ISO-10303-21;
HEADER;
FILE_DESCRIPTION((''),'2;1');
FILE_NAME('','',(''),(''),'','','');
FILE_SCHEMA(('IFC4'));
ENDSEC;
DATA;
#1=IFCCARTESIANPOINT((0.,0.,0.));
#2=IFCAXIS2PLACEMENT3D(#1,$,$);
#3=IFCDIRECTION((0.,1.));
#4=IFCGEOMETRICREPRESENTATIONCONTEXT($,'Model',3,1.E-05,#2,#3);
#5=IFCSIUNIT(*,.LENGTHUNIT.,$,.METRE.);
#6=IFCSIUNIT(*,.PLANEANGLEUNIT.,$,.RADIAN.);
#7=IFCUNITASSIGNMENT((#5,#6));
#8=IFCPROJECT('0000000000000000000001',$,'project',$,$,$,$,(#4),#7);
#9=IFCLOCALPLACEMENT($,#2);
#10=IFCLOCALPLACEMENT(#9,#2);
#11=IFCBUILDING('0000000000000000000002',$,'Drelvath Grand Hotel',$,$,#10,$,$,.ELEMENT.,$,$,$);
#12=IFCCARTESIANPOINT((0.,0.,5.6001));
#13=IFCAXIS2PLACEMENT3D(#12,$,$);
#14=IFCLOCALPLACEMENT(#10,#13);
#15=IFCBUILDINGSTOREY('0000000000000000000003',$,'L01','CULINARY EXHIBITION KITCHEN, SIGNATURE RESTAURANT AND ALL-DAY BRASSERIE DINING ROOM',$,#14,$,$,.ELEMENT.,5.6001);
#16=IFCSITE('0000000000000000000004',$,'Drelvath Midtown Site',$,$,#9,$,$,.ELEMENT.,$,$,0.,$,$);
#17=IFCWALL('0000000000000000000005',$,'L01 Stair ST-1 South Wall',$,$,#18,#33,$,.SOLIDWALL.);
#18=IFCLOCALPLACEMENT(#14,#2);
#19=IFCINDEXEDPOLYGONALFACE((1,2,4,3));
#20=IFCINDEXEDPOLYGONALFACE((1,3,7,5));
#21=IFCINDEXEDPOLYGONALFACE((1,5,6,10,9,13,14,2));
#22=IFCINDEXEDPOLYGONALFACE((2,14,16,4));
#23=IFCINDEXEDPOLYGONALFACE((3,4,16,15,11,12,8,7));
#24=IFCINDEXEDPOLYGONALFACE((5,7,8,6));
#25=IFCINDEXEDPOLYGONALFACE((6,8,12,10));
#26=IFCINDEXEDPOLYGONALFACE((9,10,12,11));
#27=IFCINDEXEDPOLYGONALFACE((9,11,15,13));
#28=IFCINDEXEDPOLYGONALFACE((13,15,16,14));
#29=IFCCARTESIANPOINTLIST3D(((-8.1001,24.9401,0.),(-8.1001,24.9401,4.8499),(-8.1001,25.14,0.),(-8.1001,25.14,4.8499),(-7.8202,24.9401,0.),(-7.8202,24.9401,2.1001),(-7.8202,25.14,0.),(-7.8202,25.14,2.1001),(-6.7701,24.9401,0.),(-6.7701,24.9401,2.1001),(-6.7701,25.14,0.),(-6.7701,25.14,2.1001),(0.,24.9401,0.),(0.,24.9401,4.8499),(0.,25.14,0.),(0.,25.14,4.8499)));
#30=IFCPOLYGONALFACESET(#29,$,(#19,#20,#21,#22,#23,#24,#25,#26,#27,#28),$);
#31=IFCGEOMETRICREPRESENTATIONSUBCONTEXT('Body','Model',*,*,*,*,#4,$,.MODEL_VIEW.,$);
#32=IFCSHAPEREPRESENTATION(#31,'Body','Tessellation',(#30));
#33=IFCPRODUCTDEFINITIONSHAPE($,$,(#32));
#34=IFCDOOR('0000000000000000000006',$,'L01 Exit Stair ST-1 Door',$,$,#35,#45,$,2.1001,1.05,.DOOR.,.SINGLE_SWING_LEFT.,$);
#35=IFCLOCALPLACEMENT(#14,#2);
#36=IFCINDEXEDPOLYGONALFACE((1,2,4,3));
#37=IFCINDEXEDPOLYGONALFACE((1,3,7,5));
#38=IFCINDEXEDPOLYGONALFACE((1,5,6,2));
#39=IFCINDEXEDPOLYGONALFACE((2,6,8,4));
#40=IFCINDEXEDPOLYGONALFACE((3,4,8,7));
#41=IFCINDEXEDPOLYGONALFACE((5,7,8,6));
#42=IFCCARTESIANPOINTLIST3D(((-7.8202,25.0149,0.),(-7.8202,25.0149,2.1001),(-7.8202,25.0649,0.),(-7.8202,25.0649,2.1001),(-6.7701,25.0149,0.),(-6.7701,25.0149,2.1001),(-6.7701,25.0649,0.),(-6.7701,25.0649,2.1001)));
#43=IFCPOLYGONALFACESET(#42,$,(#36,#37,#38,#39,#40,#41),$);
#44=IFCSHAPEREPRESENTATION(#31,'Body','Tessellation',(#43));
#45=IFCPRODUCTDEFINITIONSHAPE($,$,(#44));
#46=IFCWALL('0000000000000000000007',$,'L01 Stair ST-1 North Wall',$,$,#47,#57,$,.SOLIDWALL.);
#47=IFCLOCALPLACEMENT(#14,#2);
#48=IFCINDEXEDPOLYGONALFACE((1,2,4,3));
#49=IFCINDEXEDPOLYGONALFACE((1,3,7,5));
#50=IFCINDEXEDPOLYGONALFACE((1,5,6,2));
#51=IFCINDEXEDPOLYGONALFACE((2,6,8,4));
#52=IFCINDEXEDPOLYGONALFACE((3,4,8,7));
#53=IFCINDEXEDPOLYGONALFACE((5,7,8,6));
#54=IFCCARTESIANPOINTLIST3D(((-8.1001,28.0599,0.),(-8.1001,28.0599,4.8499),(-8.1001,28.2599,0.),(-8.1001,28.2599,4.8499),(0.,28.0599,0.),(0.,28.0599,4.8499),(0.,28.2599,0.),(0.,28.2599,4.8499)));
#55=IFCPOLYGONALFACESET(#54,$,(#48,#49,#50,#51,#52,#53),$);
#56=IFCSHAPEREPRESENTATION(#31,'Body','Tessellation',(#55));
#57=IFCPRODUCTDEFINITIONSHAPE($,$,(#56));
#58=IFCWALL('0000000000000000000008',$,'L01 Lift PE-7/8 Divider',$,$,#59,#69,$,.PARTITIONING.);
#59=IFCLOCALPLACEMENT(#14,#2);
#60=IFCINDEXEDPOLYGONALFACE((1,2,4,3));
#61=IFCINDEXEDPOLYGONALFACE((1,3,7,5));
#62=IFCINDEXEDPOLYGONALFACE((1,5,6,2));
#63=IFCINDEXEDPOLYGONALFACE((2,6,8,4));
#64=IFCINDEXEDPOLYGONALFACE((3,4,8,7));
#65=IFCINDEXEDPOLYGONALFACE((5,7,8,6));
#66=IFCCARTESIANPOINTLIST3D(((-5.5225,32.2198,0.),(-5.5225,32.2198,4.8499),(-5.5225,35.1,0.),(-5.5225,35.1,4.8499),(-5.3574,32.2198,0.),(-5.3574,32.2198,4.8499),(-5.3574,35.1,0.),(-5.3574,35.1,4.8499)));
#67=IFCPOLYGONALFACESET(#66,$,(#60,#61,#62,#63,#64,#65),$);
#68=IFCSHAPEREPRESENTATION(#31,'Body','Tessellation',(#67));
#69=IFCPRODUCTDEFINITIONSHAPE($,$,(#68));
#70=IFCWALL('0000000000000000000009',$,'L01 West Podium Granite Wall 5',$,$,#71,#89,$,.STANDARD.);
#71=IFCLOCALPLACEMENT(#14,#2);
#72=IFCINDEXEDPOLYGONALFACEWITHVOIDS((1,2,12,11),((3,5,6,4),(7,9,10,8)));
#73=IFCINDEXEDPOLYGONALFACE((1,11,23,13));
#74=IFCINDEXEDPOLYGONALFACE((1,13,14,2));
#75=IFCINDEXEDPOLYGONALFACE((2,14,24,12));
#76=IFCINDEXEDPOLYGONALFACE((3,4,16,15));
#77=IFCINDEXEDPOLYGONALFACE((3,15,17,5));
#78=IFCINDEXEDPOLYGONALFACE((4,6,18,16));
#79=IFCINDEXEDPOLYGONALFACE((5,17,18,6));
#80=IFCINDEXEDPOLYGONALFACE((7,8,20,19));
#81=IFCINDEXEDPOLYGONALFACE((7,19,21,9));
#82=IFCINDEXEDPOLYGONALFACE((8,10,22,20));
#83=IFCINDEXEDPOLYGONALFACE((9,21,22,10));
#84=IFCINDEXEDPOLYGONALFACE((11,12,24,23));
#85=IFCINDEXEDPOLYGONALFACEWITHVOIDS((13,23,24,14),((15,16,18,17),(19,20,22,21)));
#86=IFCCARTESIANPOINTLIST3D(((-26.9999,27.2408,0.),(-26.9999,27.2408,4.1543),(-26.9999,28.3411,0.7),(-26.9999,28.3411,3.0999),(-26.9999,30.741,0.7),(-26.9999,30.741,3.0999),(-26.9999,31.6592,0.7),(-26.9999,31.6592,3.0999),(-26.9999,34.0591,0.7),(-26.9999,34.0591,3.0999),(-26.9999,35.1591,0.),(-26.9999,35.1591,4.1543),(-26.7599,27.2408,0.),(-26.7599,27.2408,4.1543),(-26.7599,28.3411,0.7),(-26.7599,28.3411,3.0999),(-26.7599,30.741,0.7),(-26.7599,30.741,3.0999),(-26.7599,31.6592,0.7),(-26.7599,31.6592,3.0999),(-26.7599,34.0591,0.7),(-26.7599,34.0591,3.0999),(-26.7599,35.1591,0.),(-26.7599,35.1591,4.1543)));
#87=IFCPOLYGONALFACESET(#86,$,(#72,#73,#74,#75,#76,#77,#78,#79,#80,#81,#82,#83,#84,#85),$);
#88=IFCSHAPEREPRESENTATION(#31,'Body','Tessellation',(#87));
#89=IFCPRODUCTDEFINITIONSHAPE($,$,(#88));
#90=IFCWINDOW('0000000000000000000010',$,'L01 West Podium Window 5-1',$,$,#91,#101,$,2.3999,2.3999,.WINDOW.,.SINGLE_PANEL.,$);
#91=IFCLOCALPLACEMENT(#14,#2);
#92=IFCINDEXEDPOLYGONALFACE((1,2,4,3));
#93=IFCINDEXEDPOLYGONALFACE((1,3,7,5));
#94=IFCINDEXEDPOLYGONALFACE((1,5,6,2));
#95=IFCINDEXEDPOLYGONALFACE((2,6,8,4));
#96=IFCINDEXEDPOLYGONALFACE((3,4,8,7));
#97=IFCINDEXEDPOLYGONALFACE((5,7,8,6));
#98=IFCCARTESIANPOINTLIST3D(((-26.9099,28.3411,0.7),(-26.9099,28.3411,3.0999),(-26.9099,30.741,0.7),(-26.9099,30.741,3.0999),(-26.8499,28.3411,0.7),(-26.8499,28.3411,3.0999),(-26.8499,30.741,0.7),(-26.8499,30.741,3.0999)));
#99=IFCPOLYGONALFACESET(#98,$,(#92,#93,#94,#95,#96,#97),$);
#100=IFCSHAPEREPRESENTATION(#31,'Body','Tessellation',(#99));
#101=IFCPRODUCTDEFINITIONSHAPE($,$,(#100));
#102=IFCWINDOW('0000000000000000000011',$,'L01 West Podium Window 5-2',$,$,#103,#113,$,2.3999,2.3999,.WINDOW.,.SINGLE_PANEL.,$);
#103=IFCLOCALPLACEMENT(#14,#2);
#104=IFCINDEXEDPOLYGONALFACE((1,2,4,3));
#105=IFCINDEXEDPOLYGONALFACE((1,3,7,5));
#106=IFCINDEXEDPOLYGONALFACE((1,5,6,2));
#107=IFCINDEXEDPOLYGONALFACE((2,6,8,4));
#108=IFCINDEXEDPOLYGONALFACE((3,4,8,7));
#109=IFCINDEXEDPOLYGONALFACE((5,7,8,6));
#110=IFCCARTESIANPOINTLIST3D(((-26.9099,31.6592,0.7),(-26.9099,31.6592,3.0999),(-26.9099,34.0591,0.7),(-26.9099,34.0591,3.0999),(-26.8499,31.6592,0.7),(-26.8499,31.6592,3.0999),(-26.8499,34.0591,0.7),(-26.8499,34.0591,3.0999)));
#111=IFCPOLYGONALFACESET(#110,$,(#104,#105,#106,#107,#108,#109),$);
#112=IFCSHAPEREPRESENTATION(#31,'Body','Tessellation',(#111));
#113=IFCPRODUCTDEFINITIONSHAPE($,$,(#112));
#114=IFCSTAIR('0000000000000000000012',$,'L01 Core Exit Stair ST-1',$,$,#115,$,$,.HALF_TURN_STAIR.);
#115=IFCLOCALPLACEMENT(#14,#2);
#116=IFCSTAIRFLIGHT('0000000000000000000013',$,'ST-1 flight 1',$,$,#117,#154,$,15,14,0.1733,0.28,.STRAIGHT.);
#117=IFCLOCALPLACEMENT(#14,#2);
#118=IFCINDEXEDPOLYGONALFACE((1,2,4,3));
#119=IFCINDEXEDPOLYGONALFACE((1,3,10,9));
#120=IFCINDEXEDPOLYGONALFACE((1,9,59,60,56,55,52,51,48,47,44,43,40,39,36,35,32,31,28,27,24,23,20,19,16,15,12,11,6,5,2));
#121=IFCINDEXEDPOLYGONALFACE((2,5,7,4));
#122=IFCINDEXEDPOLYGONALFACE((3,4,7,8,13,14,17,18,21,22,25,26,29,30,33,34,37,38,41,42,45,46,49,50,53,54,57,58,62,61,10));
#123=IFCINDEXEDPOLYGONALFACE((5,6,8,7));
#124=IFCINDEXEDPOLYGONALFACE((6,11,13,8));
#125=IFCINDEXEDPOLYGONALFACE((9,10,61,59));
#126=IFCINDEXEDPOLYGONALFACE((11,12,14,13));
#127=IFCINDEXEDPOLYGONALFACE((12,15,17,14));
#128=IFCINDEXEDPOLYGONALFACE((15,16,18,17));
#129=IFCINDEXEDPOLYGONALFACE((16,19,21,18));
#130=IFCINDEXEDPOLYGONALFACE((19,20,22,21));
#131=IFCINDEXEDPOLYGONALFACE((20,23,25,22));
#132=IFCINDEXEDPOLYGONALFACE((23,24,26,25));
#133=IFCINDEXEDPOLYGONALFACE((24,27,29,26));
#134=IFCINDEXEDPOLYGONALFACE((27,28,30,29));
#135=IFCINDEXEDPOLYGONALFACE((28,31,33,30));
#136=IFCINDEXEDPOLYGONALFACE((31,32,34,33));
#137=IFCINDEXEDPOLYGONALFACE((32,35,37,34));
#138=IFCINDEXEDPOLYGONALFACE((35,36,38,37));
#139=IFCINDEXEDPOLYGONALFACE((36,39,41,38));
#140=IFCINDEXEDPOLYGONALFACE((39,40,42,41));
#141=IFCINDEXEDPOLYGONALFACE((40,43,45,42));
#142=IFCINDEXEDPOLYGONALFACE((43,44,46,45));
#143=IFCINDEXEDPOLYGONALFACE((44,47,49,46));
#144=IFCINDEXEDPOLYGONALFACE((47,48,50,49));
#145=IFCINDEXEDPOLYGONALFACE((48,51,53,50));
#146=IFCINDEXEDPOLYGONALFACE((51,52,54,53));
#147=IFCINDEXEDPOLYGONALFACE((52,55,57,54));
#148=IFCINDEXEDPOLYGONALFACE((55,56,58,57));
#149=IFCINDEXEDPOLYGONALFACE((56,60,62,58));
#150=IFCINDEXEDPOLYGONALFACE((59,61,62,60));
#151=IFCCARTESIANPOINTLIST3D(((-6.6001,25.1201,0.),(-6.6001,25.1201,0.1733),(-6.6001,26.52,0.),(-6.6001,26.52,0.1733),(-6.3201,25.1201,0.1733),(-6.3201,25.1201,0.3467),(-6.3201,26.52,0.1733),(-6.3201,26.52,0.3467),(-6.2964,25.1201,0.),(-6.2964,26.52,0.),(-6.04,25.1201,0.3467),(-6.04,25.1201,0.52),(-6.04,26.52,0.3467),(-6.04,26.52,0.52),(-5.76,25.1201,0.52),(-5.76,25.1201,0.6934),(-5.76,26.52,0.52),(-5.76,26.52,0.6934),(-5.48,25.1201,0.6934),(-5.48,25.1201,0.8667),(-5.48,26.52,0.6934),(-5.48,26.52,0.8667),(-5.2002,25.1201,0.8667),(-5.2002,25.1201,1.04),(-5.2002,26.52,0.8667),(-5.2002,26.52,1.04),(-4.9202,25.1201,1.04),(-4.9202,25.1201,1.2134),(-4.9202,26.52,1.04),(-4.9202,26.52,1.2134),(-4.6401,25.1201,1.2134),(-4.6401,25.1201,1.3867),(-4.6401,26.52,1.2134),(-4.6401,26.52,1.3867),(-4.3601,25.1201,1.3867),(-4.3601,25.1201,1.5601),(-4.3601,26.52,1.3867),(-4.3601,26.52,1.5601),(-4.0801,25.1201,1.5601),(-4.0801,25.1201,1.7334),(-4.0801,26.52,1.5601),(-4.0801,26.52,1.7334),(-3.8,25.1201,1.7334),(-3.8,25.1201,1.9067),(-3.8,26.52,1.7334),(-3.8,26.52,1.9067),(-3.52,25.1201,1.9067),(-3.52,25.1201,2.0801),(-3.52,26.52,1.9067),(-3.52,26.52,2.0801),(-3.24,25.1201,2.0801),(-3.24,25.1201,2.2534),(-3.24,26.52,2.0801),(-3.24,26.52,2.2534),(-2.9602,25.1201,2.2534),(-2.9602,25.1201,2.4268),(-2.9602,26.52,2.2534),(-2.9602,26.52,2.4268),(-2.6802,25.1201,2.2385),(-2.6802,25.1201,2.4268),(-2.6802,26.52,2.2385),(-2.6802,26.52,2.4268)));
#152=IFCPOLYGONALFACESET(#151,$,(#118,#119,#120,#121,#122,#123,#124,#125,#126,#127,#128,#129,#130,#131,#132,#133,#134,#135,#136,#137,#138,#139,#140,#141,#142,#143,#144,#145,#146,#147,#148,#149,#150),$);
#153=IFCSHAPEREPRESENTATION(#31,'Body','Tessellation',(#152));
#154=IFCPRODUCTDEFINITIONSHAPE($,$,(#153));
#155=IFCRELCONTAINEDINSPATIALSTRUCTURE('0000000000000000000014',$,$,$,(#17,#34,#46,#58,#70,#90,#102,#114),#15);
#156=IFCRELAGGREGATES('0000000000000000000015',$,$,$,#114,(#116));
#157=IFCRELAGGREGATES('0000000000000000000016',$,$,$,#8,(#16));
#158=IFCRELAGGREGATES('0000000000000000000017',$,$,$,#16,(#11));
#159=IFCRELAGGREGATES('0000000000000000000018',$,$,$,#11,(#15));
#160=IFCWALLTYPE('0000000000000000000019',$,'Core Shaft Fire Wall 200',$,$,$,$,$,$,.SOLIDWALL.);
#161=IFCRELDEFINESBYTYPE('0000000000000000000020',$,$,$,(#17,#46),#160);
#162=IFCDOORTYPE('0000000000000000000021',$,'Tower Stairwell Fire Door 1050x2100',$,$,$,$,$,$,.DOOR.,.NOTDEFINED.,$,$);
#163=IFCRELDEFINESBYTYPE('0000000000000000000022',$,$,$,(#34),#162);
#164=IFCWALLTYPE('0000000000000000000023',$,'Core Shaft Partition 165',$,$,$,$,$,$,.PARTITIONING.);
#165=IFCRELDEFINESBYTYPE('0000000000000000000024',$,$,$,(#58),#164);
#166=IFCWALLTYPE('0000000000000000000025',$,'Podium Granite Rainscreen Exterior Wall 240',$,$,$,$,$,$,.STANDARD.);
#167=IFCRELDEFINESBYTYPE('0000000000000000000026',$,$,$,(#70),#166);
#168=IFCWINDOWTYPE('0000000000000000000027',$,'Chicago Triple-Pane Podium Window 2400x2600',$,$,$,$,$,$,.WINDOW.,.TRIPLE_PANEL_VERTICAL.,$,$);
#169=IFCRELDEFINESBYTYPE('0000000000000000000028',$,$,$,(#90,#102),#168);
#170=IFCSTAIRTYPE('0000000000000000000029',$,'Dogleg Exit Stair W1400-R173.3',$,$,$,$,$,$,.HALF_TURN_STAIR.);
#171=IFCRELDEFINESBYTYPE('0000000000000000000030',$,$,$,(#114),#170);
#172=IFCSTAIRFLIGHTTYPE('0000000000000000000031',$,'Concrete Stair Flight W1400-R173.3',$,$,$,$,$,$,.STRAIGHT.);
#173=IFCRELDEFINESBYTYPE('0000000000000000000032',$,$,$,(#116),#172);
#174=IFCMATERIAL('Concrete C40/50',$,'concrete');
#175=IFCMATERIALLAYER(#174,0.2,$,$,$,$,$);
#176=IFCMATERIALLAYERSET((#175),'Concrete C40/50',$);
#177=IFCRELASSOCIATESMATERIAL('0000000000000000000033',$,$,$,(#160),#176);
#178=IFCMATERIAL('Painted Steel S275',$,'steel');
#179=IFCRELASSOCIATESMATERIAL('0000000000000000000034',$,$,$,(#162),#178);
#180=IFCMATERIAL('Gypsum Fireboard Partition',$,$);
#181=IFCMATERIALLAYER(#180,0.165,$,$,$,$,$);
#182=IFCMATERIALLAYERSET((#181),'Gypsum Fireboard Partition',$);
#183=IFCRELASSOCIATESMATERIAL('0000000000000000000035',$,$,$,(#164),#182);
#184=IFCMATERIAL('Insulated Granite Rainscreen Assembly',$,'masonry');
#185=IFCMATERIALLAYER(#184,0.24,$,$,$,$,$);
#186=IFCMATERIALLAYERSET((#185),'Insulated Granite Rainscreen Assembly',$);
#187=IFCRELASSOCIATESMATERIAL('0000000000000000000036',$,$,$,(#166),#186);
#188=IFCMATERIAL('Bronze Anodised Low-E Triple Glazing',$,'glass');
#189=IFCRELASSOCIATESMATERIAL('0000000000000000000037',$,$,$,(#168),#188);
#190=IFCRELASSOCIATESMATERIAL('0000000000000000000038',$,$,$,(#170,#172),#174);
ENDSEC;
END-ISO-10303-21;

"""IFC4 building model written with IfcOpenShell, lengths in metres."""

from ifc_helpers import new_model, si_unit, direction, frame, frame_2d, origin, place, context, subcontext, project, spatial, polyline, rectangle, outline, extrude, material, layer, layer_set, type_object, element, fill, aggregate, save


model = new_model("IFC4")

# Units and contexts
model_context = context("Model", 3, precision=1e-05, world=origin(), true_north=direction((0.0, 1.0)))
body_context = subcontext(model_context, "Body", "Model", "MODEL_VIEW")
ifc_project = project(units=[si_unit("LENGTHUNIT", "METRE"), si_unit("PLANEANGLEUNIT", "RADIAN")], contexts=[model_context])

# Site, building, storey
site_placement = place(None, origin())
site = spatial("IfcSite", under=ifc_project, at=site_placement, Name="Drelvath Midtown Site", CompositionType="ELEMENT", RefElevation=0.0)
building_placement = place(site_placement, origin())
building = spatial("IfcBuilding", under=site, at=building_placement, Name="Drelvath Grand Hotel", CompositionType="ELEMENT")
storey_placement = place(building_placement, frame((0.0, 0.0, 5.6001)))
storey = spatial("IfcBuildingStorey", under=building, at=storey_placement, Name="L01", Description="CULINARY EXHIBITION KITCHEN, SIGNATURE RESTAURANT AND ALL-DAY BRASSERIE DINING ROOM", CompositionType="ELEMENT", Elevation=5.6001)

# Shared definitions
ifc_material_1 = material(Name="Concrete C40/50", Category="concrete")

# Wall, opening, door
ifc_layer_1 = layer(ifc_material_1, 0.2)
ifc_layer_set_1 = layer_set([ifc_layer_1], Name="Concrete C40/50")
wall_type_1 = type_object("IfcWallType", Name="Core Shaft Fire Wall 200", PredefinedType="SOLIDWALL", material=ifc_layer_set_1)
wall_1_placement = place(storey_placement, frame((-8.1001, 25.04, 0.0), z_axis=(0.0, 0.0, 1.0), x_axis=(1.0, 0.0, 0.0)))
wall_1 = element("IfcWall", 1, at=wall_1_placement, inside=storey, type_object=wall_type_1, Name="L01 Stair ST-1 South Wall", PredefinedType="SOLIDWALL", context=body_context, shape_type="SweptSolid", body=[
    extrude(rectangle(XDim=8.1001, YDim=0.2, at=frame_2d((4.05, 0.0))), origin(), (0.0, 0.0, 1.0), 4.8499),
])
opening_1_placement = place(wall_1_placement, frame((0.28, 0.0, 0.0)))
opening_1 = element("IfcOpeningElement", 2, at=opening_1_placement, cuts=wall_1, PredefinedType="OPENING", context=body_context, shape_type="SweptSolid", body=[
    extrude(rectangle(XDim=1.05, YDim=2.1001, at=frame_2d((0.5249, 1.05))), frame((0.0, 0.1099, 0.0), z_axis=(0.0, -1.0, 0.0), x_axis=(1.0, 0.0, 0.0)), (0.0, 0.0, 1.0), 0.22),
])
ifc_material_2 = material(Name="Painted Steel S275", Category="steel")
door_type = type_object("IfcDoorType", Name="Tower Stairwell Fire Door 1050x2100", OperationType="NOTDEFINED", PredefinedType="DOOR", material=ifc_material_2)
door_placement = place(opening_1_placement, origin())
door = element("IfcDoor", 3, at=door_placement, inside=storey, type_object=door_type, Name="L01 Exit Stair ST-1 Door", OperationType="SINGLE_SWING_LEFT", OverallHeight=2.1001, OverallWidth=1.05, PredefinedType="DOOR", context=body_context, shape_type="SweptSolid", body=[
    extrude(rectangle(XDim=1.05, YDim=2.1001, at=frame_2d((0.5249, 1.05))), frame((0.0, 0.0249, 0.0), z_axis=(0.0, -1.0, 0.0), x_axis=(1.0, 0.0, 0.0)), (0.0, 0.0, 1.0), 0.05),
])
fill(opening_1, door)

# Walls
wall_2_placement = place(storey_placement, frame((-8.1001, 28.1599, 0.0), z_axis=(0.0, 0.0, 1.0), x_axis=(1.0, 0.0, 0.0)))
element("IfcWall", 4, at=wall_2_placement, inside=storey, type_object=wall_type_1, Name="L01 Stair ST-1 North Wall", PredefinedType="SOLIDWALL", context=body_context, shape_type="SweptSolid", body=[
    extrude(rectangle(XDim=8.1001, YDim=0.2, at=frame_2d((4.05, 0.0))), origin(), (0.0, 0.0, 1.0), 4.8499),
])
ifc_material_3 = material(Name="Gypsum Fireboard Partition")
ifc_layer_2 = layer(ifc_material_3, 0.165)
ifc_layer_set_2 = layer_set([ifc_layer_2], Name="Gypsum Fireboard Partition")
wall_type_2 = type_object("IfcWallType", Name="Core Shaft Partition 165", PredefinedType="PARTITIONING", material=ifc_layer_set_2)
wall_3_placement = place(storey_placement, frame((-5.4399, 32.22, 0.0), z_axis=(0.0, 0.0, 1.0), x_axis=(0.0, 1.0, 0.0)))
element("IfcWall", 5, at=wall_3_placement, inside=storey, type_object=wall_type_2, Name="L01 Lift PE-7/8 Divider", PredefinedType="PARTITIONING", context=body_context, shape_type="SweptSolid", body=[
    extrude(rectangle(XDim=2.8801, YDim=0.165, at=frame_2d((1.4399, 0.0))), origin(), (0.0, 0.0, 1.0), 4.8499),
])

# Wall, openings, windows
ifc_material_4 = material(Name="Insulated Granite Rainscreen Assembly", Category="masonry")
ifc_layer_3 = layer(ifc_material_4, 0.24)
ifc_layer_set_3 = layer_set([ifc_layer_3], Name="Insulated Granite Rainscreen Assembly")
wall_type_3 = type_object("IfcWallType", Name="Podium Granite Rainscreen Exterior Wall 240", PredefinedType="STANDARD", material=ifc_layer_set_3)
wall_4_placement = place(storey_placement, frame((-26.8799, 27.241, 0.0), z_axis=(0.0, 0.0, 1.0), x_axis=(0.0, 1.0, 0.0)))
wall_4 = element("IfcWall", 6, at=wall_4_placement, inside=storey, type_object=wall_type_3, Name="L01 West Podium Granite Wall 5", PredefinedType="STANDARD", context=body_context, shape_type="SweptSolid", body=[
    extrude(rectangle(XDim=7.9182, YDim=0.24, at=frame_2d((3.959, 0.0))), origin(), (0.0, 0.0, 1.0), 4.1543),
])
opening_2_placement = place(wall_4_placement, frame((1.1001, 0.0, 0.7)))
opening_2 = element("IfcOpeningElement", 7, at=opening_2_placement, cuts=wall_4, PredefinedType="OPENING", context=body_context, shape_type="SweptSolid", body=[
    extrude(rectangle(XDim=2.3999, YDim=2.3999, at=frame_2d((1.2, 1.2))), frame((0.0, 0.1299, 0.0), z_axis=(0.0, -1.0, 0.0), x_axis=(1.0, 0.0, 0.0)), (0.0, 0.0, 1.0), 0.26),
])
opening_3_placement = place(wall_4_placement, frame((4.4182, 0.0, 0.7)))
opening_3 = element("IfcOpeningElement", 8, at=opening_3_placement, cuts=wall_4, PredefinedType="OPENING", context=body_context, shape_type="SweptSolid", body=[
    extrude(rectangle(XDim=2.3999, YDim=2.3999, at=frame_2d((1.2, 1.2))), frame((0.0, 0.1299, 0.0), z_axis=(0.0, -1.0, 0.0), x_axis=(1.0, 0.0, 0.0)), (0.0, 0.0, 1.0), 0.26),
])
ifc_material_5 = material(Name="Bronze Anodised Low-E Triple Glazing", Category="glass")
window_type = type_object("IfcWindowType", Name="Chicago Triple-Pane Podium Window 2400x2600", PartitioningType="TRIPLE_PANEL_VERTICAL", PredefinedType="WINDOW", material=ifc_material_5)
window_1_placement = place(opening_2_placement, origin())
window_1 = element("IfcWindow", 9, at=window_1_placement, inside=storey, type_object=window_type, Name="L01 West Podium Window 5-1", OverallHeight=2.3999, OverallWidth=2.3999, PartitioningType="SINGLE_PANEL", PredefinedType="WINDOW", context=body_context, shape_type="SweptSolid", body=[
    extrude(rectangle(XDim=2.3999, YDim=2.3999, at=frame_2d((1.2, 1.2))), frame((0.0, 0.03, 0.0), z_axis=(0.0, -1.0, 0.0), x_axis=(1.0, 0.0, 0.0)), (0.0, 0.0, 1.0), 0.0601),
])
fill(opening_2, window_1)
window_2_placement = place(opening_3_placement, origin())
window_2 = element("IfcWindow", 10, at=window_2_placement, inside=storey, type_object=window_type, Name="L01 West Podium Window 5-2", OverallHeight=2.3999, OverallWidth=2.3999, PartitioningType="SINGLE_PANEL", PredefinedType="WINDOW", context=body_context, shape_type="SweptSolid", body=[
    extrude(rectangle(XDim=2.3999, YDim=2.3999, at=frame_2d((1.2, 1.2))), frame((0.0, 0.03, 0.0), z_axis=(0.0, -1.0, 0.0), x_axis=(1.0, 0.0, 0.0)), (0.0, 0.0, 1.0), 0.0601),
])
fill(opening_3, window_2)

# Stair, stair flight
stair_type = type_object("IfcStairType", Name="Dogleg Exit Stair W1400-R173.3", PredefinedType="HALF_TURN_STAIR", material=ifc_material_1)
stair_placement = place(storey_placement, origin())
stair = element("IfcStair", 11, at=stair_placement, inside=storey, type_object=stair_type, Name="L01 Core Exit Stair ST-1", PredefinedType="HALF_TURN_STAIR")
stair_flight_type = type_object("IfcStairFlightType", Name="Concrete Stair Flight W1400-R173.3", PredefinedType="STRAIGHT", material=ifc_material_1)
stair_flight_placement = place(storey_placement, frame((-6.6001, 25.8201, 0.0), z_axis=(0.0, 0.0, 1.0), x_axis=(1.0, 0.0, 0.0)))
stair_flight = element("IfcStairFlight", 12, at=stair_flight_placement, type_object=stair_flight_type, Name="ST-1 flight 1", NumberOfRisers=15, NumberOfTreads=14, PredefinedType="STRAIGHT", RiserHeight=0.1733, TreadLength=0.28, context=body_context, shape_type="SweptSolid", body=[
    extrude(outline(polyline([(0.0, 0.0), (0.0, 0.1733), (0.28, 0.1733), (0.28, 0.3467), (0.5601, 0.3467), (0.5601, 0.52), (0.8401, 0.52), (0.8401, 0.6934), (1.1201, 0.6934), (1.1201, 0.8667), (1.3999, 0.8667), (1.3999, 1.04), (1.6799, 1.04), (1.6799, 1.2134), (1.96, 1.2134), (1.96, 1.3867), (2.24, 1.3867), (2.24, 1.5601), (2.52, 1.5601), (2.52, 1.7334), (2.8, 1.7334), (2.8, 1.9067), (3.0801, 1.9067), (3.0801, 2.0801), (3.3601, 2.0801), (3.3601, 2.2534), (3.6399, 2.2534), (3.6399, 2.4268), (3.9199, 2.4268), (3.9199, 2.6001), (3.9199, 2.2385), (0.3037, 0.0), (0.0, 0.0)])), frame((0.0, 0.7, 0.0), z_axis=(0.0, -1.0, 0.0), x_axis=(1.0, 0.0, 0.0)), (0.0, 0.0, 1.0), 1.3999),
])
aggregate(stair, [stair_flight])

save(model, "model.ifc")
